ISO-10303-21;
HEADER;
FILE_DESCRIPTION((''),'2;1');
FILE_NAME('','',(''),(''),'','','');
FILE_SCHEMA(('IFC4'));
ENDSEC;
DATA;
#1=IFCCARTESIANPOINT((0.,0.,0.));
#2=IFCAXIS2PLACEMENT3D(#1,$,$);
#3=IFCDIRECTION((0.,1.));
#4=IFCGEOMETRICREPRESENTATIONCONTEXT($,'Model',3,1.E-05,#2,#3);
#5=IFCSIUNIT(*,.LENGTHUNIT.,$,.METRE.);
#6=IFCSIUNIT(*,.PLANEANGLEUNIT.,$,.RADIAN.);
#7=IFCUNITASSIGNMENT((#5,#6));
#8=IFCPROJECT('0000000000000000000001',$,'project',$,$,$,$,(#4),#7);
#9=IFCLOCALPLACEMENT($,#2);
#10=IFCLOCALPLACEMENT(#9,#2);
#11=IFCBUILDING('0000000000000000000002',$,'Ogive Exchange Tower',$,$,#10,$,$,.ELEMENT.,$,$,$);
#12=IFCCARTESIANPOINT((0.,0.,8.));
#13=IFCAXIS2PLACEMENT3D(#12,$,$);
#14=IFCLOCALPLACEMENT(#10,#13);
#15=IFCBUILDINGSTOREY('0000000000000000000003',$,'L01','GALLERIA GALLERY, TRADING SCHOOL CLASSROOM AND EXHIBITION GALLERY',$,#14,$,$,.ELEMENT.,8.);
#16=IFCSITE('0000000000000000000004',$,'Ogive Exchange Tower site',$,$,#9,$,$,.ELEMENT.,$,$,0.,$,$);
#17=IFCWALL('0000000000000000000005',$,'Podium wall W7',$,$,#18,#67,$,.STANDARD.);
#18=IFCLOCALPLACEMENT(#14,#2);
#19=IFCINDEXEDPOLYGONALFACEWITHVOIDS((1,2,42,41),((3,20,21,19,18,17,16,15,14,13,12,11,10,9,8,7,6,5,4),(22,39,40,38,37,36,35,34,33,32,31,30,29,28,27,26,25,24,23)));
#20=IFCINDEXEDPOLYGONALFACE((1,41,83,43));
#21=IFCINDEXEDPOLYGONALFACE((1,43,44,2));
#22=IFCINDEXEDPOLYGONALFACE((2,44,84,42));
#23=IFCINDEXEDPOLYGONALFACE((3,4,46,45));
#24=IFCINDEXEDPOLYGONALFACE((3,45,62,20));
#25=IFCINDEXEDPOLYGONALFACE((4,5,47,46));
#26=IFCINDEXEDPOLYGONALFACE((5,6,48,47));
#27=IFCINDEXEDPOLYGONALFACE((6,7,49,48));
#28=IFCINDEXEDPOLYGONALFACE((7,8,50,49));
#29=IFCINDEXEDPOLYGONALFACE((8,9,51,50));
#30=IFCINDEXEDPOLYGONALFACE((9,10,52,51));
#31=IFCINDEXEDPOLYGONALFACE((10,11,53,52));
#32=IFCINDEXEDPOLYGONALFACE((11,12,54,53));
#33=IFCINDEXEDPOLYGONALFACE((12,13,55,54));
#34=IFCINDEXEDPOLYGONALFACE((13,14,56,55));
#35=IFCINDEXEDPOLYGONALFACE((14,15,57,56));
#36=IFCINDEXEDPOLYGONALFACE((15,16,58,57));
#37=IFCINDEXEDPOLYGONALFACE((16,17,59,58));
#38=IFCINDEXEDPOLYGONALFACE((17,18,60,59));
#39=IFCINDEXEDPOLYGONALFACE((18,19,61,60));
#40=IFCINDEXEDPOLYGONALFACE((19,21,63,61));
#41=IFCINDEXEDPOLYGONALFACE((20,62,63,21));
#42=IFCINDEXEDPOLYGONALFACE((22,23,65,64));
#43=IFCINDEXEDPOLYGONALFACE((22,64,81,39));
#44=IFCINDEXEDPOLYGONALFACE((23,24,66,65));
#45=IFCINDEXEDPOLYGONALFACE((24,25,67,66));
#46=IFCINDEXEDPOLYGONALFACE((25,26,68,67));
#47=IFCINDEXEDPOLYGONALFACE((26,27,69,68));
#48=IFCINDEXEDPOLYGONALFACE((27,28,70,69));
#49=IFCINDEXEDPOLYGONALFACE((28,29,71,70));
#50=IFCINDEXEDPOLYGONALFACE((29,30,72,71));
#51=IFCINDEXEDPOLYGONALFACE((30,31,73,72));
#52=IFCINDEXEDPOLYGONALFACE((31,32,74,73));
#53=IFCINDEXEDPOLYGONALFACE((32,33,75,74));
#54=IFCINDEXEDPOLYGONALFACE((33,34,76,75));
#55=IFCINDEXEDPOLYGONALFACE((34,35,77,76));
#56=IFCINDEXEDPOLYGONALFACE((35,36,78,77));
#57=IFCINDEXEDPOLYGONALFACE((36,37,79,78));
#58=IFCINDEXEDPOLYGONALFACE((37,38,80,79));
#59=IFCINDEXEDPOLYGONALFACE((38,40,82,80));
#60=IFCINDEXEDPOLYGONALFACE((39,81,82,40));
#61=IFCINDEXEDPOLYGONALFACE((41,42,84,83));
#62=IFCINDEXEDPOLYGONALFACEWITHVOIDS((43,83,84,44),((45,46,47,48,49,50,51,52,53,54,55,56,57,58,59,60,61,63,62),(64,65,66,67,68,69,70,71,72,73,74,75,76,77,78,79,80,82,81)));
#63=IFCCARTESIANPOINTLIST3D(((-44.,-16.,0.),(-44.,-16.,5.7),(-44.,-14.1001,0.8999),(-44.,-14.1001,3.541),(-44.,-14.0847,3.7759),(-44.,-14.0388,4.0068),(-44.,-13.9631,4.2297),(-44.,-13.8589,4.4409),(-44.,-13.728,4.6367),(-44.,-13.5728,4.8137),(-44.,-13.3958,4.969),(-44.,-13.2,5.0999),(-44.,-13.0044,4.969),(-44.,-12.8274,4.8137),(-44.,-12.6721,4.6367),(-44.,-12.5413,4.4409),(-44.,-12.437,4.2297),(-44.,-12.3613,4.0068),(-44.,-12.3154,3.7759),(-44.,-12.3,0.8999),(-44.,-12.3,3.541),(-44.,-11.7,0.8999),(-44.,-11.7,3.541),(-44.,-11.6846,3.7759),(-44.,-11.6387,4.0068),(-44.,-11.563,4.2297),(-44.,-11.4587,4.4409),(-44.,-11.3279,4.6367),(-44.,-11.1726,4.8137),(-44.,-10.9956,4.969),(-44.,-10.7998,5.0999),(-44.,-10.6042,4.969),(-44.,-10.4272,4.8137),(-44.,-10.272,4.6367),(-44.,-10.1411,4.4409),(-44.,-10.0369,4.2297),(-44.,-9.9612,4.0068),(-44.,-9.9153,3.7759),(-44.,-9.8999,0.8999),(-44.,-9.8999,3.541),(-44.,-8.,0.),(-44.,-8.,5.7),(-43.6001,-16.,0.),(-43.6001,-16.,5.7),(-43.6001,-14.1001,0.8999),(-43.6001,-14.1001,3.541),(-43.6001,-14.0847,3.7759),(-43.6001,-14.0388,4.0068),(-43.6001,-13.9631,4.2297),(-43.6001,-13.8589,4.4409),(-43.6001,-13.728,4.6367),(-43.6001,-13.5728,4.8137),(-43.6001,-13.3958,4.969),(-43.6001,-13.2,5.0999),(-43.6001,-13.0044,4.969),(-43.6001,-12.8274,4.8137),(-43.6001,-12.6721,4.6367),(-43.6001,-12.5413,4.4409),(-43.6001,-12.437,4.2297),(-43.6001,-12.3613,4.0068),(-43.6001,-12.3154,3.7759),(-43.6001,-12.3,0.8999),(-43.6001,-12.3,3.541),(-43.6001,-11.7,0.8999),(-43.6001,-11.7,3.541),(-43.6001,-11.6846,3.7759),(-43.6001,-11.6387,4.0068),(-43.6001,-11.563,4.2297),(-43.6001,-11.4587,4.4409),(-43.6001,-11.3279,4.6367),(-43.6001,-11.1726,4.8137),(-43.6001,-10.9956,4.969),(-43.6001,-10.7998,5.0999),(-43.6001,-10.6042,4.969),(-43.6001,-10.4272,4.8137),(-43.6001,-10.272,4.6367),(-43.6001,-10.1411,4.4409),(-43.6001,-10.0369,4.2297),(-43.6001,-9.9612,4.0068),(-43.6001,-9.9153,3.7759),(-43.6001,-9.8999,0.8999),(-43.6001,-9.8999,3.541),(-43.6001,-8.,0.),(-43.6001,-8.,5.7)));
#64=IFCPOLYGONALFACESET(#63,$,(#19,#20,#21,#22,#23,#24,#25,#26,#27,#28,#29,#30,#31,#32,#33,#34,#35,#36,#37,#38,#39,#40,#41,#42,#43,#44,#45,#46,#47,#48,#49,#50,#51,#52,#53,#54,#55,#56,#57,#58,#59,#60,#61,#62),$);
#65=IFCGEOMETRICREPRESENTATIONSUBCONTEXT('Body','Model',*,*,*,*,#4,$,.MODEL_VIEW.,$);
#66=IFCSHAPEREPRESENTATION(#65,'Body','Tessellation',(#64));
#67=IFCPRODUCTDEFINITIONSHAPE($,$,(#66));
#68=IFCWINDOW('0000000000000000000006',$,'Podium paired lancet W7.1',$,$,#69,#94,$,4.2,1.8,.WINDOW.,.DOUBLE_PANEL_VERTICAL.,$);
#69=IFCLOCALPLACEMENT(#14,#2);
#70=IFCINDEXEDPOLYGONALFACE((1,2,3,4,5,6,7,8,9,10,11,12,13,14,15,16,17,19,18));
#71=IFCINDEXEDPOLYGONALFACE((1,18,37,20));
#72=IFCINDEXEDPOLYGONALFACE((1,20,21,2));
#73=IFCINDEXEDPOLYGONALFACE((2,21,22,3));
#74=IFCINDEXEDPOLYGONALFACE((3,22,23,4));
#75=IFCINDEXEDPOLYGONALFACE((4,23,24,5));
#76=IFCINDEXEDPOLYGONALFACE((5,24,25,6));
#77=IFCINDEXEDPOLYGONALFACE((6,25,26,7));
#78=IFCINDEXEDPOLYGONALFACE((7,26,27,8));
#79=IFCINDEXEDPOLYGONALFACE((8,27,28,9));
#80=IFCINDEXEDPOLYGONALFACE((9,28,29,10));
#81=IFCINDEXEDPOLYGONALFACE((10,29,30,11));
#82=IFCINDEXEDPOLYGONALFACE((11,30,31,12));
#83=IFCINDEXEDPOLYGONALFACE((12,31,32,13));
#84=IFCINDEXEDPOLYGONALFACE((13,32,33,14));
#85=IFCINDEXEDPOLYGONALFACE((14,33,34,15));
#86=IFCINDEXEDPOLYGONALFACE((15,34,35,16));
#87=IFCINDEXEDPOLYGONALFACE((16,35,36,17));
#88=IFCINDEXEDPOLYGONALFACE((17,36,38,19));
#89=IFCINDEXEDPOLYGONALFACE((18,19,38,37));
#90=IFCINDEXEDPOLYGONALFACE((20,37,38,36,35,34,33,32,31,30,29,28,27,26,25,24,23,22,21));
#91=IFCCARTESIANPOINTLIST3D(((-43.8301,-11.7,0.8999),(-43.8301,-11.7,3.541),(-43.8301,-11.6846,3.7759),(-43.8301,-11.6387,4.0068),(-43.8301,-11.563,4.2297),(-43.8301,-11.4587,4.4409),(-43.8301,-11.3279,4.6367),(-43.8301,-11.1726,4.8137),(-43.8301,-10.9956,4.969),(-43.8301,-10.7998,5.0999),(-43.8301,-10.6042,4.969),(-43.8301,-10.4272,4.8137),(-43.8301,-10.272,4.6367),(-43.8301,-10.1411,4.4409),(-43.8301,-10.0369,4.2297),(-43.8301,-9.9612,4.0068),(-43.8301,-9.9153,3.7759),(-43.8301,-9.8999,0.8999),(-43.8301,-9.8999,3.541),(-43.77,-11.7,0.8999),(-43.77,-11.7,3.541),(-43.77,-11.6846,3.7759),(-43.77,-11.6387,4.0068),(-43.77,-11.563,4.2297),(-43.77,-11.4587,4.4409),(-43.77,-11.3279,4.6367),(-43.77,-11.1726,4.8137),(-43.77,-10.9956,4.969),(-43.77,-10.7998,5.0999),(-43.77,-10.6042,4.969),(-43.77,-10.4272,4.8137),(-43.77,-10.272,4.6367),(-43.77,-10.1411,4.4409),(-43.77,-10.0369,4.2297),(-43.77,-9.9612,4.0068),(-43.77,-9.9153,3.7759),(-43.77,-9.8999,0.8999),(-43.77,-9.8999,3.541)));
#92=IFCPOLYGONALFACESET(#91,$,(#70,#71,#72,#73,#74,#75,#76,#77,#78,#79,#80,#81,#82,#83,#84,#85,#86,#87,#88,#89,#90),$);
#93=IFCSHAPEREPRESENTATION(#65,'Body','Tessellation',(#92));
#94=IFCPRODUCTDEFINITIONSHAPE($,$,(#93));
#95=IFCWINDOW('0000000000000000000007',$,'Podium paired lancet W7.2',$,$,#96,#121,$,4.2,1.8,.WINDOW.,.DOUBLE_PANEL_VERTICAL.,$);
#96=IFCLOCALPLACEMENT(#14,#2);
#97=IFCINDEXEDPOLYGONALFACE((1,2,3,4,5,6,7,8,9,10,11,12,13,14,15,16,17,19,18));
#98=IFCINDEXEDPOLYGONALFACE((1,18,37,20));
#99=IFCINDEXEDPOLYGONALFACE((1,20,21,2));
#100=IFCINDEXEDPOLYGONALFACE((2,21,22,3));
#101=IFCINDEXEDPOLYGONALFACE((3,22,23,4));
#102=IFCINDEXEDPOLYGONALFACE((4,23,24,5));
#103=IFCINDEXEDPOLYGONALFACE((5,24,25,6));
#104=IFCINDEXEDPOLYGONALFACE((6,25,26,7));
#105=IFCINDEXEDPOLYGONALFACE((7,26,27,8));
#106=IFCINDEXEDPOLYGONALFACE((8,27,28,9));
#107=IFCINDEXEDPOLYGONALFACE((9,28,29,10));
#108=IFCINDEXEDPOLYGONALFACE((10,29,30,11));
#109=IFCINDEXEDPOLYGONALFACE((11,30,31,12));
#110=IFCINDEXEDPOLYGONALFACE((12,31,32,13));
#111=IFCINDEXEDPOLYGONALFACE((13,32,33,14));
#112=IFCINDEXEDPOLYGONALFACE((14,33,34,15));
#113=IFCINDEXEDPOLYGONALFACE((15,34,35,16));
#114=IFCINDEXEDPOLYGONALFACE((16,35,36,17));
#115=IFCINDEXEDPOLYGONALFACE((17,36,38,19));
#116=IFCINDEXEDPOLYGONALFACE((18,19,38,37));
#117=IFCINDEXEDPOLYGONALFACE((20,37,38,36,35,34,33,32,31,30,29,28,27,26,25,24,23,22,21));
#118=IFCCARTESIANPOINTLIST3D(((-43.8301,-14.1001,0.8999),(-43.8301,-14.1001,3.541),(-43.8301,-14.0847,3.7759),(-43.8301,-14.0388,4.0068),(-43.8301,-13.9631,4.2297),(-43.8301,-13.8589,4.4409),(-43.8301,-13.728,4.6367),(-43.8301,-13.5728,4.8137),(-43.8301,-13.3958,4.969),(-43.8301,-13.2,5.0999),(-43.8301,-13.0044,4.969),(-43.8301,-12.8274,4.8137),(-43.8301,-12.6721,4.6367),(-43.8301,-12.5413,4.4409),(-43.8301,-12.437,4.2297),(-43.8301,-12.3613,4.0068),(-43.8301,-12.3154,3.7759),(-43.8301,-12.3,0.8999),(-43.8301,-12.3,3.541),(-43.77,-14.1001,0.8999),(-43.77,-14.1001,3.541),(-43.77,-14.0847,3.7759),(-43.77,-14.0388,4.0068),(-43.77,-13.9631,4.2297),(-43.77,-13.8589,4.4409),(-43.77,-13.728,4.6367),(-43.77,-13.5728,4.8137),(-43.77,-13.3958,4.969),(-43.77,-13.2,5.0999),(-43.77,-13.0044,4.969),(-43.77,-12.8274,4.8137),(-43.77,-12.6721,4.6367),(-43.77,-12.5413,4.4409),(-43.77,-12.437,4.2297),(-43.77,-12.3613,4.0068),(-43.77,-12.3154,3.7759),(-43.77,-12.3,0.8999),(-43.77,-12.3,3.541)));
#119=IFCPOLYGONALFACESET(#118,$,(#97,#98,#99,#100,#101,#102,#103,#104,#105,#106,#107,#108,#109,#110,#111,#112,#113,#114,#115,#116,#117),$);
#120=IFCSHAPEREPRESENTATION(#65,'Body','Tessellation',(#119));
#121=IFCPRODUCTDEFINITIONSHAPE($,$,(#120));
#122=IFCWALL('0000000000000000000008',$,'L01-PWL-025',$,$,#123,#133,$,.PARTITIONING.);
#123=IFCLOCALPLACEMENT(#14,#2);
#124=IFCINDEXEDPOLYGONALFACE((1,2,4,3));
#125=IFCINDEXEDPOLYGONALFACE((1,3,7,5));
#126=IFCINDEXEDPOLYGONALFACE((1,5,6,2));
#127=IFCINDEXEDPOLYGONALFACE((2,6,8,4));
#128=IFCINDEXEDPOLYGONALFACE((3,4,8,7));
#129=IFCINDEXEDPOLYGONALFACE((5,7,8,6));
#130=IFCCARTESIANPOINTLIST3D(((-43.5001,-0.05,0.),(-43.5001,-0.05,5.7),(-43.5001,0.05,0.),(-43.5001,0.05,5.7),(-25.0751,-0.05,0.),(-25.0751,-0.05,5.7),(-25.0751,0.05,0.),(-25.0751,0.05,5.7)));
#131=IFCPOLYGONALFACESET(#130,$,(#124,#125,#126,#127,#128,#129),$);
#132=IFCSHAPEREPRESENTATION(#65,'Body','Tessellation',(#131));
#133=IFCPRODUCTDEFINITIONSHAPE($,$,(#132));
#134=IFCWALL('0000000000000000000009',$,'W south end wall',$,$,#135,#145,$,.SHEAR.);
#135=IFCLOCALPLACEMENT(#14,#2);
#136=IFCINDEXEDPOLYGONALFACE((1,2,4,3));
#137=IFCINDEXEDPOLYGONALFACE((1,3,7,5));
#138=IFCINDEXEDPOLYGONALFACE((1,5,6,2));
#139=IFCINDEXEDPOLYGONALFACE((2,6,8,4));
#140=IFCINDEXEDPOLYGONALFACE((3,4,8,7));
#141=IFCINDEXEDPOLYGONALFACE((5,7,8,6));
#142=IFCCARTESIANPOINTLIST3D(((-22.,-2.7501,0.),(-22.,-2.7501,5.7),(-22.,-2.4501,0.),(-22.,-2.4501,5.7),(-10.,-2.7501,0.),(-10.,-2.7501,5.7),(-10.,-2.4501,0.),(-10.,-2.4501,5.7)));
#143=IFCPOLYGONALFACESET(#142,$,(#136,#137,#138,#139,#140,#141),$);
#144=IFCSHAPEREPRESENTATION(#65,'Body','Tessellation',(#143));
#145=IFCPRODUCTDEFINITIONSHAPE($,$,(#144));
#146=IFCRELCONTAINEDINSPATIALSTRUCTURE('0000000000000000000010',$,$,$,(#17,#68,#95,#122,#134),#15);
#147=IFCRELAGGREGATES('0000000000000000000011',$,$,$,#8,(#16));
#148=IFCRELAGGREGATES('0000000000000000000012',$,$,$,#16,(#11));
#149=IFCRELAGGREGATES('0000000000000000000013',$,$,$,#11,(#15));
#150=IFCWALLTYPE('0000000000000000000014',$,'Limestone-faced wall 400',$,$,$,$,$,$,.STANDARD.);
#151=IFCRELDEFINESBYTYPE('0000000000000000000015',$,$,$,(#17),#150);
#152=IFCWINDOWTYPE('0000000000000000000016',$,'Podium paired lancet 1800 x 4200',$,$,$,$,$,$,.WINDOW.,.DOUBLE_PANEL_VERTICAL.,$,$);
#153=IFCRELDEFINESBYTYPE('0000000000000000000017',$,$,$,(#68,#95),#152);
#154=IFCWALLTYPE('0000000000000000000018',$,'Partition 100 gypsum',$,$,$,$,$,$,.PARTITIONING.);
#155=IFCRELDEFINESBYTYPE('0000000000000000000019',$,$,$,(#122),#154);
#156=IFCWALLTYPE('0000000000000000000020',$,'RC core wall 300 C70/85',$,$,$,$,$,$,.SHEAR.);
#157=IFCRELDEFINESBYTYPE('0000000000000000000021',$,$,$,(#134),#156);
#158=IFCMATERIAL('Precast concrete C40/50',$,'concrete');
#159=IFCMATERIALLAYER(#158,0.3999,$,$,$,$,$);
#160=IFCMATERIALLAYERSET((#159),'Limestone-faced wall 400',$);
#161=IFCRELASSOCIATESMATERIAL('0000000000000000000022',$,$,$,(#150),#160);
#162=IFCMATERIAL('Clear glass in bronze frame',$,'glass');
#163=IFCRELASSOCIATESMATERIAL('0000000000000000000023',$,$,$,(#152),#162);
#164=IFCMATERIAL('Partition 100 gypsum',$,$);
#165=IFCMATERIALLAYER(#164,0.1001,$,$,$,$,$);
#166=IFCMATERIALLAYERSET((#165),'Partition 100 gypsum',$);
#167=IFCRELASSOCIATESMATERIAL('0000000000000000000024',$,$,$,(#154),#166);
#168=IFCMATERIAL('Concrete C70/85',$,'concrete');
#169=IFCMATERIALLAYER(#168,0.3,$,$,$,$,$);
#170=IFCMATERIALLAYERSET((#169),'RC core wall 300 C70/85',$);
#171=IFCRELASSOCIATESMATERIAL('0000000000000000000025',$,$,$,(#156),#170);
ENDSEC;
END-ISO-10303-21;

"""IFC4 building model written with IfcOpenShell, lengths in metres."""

from ifc_helpers import new_model, si_unit, direction, frame, frame_2d, origin, place, context, subcontext, project, spatial, polyline, rectangle, outline, extrude, material, layer, layer_set, type_object, element, fill, save


model = new_model("IFC4")

# Units and contexts
model_context = context("Model", 3, precision=1e-05, world=origin(), true_north=direction((0.0, 1.0)))
body_context = subcontext(model_context, "Body", "Model", "MODEL_VIEW")
ifc_project = project(units=[si_unit("LENGTHUNIT", "METRE"), si_unit("PLANEANGLEUNIT", "RADIAN")], contexts=[model_context])

# Site, building, storey
site_placement = place(None, origin())
site = spatial("IfcSite", under=ifc_project, at=site_placement, Name="Ogive Exchange Tower site", CompositionType="ELEMENT", RefElevation=0.0)
building_placement = place(site_placement, origin())
building = spatial("IfcBuilding", under=site, at=building_placement, Name="Ogive Exchange Tower", CompositionType="ELEMENT")
storey_placement = place(building_placement, frame((0.0, 0.0, 8.0)))
storey = spatial("IfcBuildingStorey", under=building, at=storey_placement, Name="L01", Description="GALLERIA GALLERY, TRADING SCHOOL CLASSROOM AND EXHIBITION GALLERY", CompositionType="ELEMENT", Elevation=8.0)

# Shared definitions
ifc_material_1 = material(Name="Concrete C70/85", Category="concrete")

# Wall, openings, windows
ifc_material_2 = material(Name="Precast concrete C40/50", Category="concrete")
ifc_layer_1 = layer(ifc_material_2, 0.3999)
ifc_layer_set_1 = layer_set([ifc_layer_1], Name="Limestone-faced wall 400")
wall_type_1 = type_object("IfcWallType", Name="Limestone-faced wall 400", PredefinedType="STANDARD", material=ifc_layer_set_1)
ifc_material_3 = material(Name="Clear glass in bronze frame", Category="glass")
window_type = type_object("IfcWindowType", Name="Podium paired lancet 1800 x 4200", PartitioningType="DOUBLE_PANEL_VERTICAL", PredefinedType="WINDOW", material=ifc_material_3)
wall_1_placement = place(storey_placement, frame((-43.8, -8.0, 0.0), z_axis=(0.0, 0.0, 1.0), x_axis=(0.0, -1.0, 0.0)))
wall_1 = element("IfcWall", 1, at=wall_1_placement, inside=storey, type_object=wall_type_1, Name="Podium wall W7", PredefinedType="STANDARD", context=body_context, shape_type="SweptSolid", body=[
    extrude(rectangle(XDim=8.0, YDim=0.3999, at=frame_2d((4.0, 0.0))), origin(), (0.0, 0.0, 1.0), 5.7),
])
opening_1_placement = place(wall_1_placement, frame((1.8999, 0.0, 0.8999)))
opening_1 = element("IfcOpeningElement", 2, at=opening_1_placement, cuts=wall_1, PredefinedType="OPENING", context=body_context, shape_type="SweptSolid", body=[
    extrude(outline(polyline([(0.0, 0.0), (1.8, 0.0), (1.8, 2.6411), (1.7847, 2.876), (1.7388, 3.1069), (1.6631, 3.3298), (1.5588, 3.541), (1.428, 3.7368), (1.2727, 3.9138), (1.0957, 4.0691), (0.8999, 4.2), (0.7043, 4.0691), (0.5273, 3.9138), (0.3721, 3.7368), (0.2412, 3.541), (0.137, 3.3298), (0.0613, 3.1069), (0.0154, 2.876), (0.0, 2.6411), (0.0, 0.0)])), frame((0.0, 0.21, 0.0), z_axis=(0.0, -1.0, 0.0), x_axis=(1.0, 0.0, 0.0)), (0.0, 0.0, 1.0), 0.4199),
])
opening_2_placement = place(wall_1_placement, frame((4.3, 0.0, 0.8999)))
opening_2 = element("IfcOpeningElement", 3, at=opening_2_placement, cuts=wall_1, PredefinedType="OPENING", context=body_context, shape_type="SweptSolid", body=[
    extrude(outline(polyline([(0.0, 0.0), (1.8, 0.0), (1.8, 2.6411), (1.7847, 2.876), (1.7388, 3.1069), (1.6631, 3.3298), (1.5588, 3.541), (1.428, 3.7368), (1.2727, 3.9138), (1.0957, 4.0691), (0.8999, 4.2), (0.7043, 4.0691), (0.5273, 3.9138), (0.3721, 3.7368), (0.2412, 3.541), (0.137, 3.3298), (0.0613, 3.1069), (0.0154, 2.876), (0.0, 2.6411), (0.0, 0.0)])), frame((0.0, 0.21, 0.0), z_axis=(0.0, -1.0, 0.0), x_axis=(1.0, 0.0, 0.0)), (0.0, 0.0, 1.0), 0.4199),
])
window_1_placement = place(opening_1_placement, origin())
window_1 = element("IfcWindow", 4, at=window_1_placement, inside=storey, type_object=window_type, Name="Podium paired lancet W7.1", OverallHeight=4.2, OverallWidth=1.8, PartitioningType="DOUBLE_PANEL_VERTICAL", PredefinedType="WINDOW", context=body_context, shape_type="SweptSolid", body=[
    extrude(outline(polyline([(0.0, 0.0), (1.8, 0.0), (1.8, 2.6411), (1.7847, 2.876), (1.7388, 3.1069), (1.6631, 3.3298), (1.5588, 3.541), (1.428, 3.7368), (1.2727, 3.9138), (1.0957, 4.0691), (0.8999, 4.2), (0.7043, 4.0691), (0.5273, 3.9138), (0.3721, 3.7368), (0.2412, 3.541), (0.137, 3.3298), (0.0613, 3.1069), (0.0154, 2.876), (0.0, 2.6411), (0.0, 0.0)])), frame((0.0, 0.03, 0.0), z_axis=(0.0, -1.0, 0.0), x_axis=(1.0, 0.0, 0.0)), (0.0, 0.0, 1.0), 0.0601),
])
fill(opening_1, window_1)
window_2_placement = place(opening_2_placement, origin())
window_2 = element("IfcWindow", 5, at=window_2_placement, inside=storey, type_object=window_type, Name="Podium paired lancet W7.2", OverallHeight=4.2, OverallWidth=1.8, PartitioningType="DOUBLE_PANEL_VERTICAL", PredefinedType="WINDOW", context=body_context, shape_type="SweptSolid", body=[
    extrude(outline(polyline([(0.0, 0.0), (1.8, 0.0), (1.8, 2.6411), (1.7847, 2.876), (1.7388, 3.1069), (1.6631, 3.3298), (1.5588, 3.541), (1.428, 3.7368), (1.2727, 3.9138), (1.0957, 4.0691), (0.8999, 4.2), (0.7043, 4.0691), (0.5273, 3.9138), (0.3721, 3.7368), (0.2412, 3.541), (0.137, 3.3298), (0.0613, 3.1069), (0.0154, 2.876), (0.0, 2.6411), (0.0, 0.0)])), frame((0.0, 0.03, 0.0), z_axis=(0.0, -1.0, 0.0), x_axis=(1.0, 0.0, 0.0)), (0.0, 0.0, 1.0), 0.0601),
])
fill(opening_2, window_2)

# Walls
ifc_material_4 = material(Name="Partition 100 gypsum")
ifc_layer_2 = layer(ifc_material_4, 0.1001)
ifc_layer_set_2 = layer_set([ifc_layer_2], Name="Partition 100 gypsum")
wall_type_2 = type_object("IfcWallType", Name="Partition 100 gypsum", PredefinedType="PARTITIONING", material=ifc_layer_set_2)
wall_2_placement = place(storey_placement, frame((-43.5, 0.0, 0.0), z_axis=(0.0, 0.0, 1.0), x_axis=(1.0, 0.0, 0.0)))
element("IfcWall", 6, at=wall_2_placement, inside=storey, type_object=wall_type_2, Name="L01-PWL-025", PredefinedType="PARTITIONING", context=body_context, shape_type="SweptSolid", body=[
    extrude(rectangle(XDim=18.425, YDim=0.1001, at=frame_2d((9.2124, 0.0))), origin(), (0.0, 0.0, 1.0), 5.7),
])
ifc_layer_3 = layer(ifc_material_1, 0.3)
ifc_layer_set_3 = layer_set([ifc_layer_3], Name="RC core wall 300 C70/85")
wall_type_3 = type_object("IfcWallType", Name="RC core wall 300 C70/85", PredefinedType="SHEAR", material=ifc_layer_set_3)
wall_3_placement = place(storey_placement, frame((-22.0, -2.6001, 0.0), z_axis=(0.0, 0.0, 1.0), x_axis=(1.0, 0.0, 0.0)))
element("IfcWall", 7, at=wall_3_placement, inside=storey, type_object=wall_type_3, Name="W south end wall", PredefinedType="SHEAR", context=body_context, shape_type="SweptSolid", body=[
    extrude(rectangle(XDim=12.0, YDim=0.3, at=frame_2d((6.0, 0.0))), origin(), (0.0, 0.0, 1.0), 5.7),
])

save(model, "model.ifc")
